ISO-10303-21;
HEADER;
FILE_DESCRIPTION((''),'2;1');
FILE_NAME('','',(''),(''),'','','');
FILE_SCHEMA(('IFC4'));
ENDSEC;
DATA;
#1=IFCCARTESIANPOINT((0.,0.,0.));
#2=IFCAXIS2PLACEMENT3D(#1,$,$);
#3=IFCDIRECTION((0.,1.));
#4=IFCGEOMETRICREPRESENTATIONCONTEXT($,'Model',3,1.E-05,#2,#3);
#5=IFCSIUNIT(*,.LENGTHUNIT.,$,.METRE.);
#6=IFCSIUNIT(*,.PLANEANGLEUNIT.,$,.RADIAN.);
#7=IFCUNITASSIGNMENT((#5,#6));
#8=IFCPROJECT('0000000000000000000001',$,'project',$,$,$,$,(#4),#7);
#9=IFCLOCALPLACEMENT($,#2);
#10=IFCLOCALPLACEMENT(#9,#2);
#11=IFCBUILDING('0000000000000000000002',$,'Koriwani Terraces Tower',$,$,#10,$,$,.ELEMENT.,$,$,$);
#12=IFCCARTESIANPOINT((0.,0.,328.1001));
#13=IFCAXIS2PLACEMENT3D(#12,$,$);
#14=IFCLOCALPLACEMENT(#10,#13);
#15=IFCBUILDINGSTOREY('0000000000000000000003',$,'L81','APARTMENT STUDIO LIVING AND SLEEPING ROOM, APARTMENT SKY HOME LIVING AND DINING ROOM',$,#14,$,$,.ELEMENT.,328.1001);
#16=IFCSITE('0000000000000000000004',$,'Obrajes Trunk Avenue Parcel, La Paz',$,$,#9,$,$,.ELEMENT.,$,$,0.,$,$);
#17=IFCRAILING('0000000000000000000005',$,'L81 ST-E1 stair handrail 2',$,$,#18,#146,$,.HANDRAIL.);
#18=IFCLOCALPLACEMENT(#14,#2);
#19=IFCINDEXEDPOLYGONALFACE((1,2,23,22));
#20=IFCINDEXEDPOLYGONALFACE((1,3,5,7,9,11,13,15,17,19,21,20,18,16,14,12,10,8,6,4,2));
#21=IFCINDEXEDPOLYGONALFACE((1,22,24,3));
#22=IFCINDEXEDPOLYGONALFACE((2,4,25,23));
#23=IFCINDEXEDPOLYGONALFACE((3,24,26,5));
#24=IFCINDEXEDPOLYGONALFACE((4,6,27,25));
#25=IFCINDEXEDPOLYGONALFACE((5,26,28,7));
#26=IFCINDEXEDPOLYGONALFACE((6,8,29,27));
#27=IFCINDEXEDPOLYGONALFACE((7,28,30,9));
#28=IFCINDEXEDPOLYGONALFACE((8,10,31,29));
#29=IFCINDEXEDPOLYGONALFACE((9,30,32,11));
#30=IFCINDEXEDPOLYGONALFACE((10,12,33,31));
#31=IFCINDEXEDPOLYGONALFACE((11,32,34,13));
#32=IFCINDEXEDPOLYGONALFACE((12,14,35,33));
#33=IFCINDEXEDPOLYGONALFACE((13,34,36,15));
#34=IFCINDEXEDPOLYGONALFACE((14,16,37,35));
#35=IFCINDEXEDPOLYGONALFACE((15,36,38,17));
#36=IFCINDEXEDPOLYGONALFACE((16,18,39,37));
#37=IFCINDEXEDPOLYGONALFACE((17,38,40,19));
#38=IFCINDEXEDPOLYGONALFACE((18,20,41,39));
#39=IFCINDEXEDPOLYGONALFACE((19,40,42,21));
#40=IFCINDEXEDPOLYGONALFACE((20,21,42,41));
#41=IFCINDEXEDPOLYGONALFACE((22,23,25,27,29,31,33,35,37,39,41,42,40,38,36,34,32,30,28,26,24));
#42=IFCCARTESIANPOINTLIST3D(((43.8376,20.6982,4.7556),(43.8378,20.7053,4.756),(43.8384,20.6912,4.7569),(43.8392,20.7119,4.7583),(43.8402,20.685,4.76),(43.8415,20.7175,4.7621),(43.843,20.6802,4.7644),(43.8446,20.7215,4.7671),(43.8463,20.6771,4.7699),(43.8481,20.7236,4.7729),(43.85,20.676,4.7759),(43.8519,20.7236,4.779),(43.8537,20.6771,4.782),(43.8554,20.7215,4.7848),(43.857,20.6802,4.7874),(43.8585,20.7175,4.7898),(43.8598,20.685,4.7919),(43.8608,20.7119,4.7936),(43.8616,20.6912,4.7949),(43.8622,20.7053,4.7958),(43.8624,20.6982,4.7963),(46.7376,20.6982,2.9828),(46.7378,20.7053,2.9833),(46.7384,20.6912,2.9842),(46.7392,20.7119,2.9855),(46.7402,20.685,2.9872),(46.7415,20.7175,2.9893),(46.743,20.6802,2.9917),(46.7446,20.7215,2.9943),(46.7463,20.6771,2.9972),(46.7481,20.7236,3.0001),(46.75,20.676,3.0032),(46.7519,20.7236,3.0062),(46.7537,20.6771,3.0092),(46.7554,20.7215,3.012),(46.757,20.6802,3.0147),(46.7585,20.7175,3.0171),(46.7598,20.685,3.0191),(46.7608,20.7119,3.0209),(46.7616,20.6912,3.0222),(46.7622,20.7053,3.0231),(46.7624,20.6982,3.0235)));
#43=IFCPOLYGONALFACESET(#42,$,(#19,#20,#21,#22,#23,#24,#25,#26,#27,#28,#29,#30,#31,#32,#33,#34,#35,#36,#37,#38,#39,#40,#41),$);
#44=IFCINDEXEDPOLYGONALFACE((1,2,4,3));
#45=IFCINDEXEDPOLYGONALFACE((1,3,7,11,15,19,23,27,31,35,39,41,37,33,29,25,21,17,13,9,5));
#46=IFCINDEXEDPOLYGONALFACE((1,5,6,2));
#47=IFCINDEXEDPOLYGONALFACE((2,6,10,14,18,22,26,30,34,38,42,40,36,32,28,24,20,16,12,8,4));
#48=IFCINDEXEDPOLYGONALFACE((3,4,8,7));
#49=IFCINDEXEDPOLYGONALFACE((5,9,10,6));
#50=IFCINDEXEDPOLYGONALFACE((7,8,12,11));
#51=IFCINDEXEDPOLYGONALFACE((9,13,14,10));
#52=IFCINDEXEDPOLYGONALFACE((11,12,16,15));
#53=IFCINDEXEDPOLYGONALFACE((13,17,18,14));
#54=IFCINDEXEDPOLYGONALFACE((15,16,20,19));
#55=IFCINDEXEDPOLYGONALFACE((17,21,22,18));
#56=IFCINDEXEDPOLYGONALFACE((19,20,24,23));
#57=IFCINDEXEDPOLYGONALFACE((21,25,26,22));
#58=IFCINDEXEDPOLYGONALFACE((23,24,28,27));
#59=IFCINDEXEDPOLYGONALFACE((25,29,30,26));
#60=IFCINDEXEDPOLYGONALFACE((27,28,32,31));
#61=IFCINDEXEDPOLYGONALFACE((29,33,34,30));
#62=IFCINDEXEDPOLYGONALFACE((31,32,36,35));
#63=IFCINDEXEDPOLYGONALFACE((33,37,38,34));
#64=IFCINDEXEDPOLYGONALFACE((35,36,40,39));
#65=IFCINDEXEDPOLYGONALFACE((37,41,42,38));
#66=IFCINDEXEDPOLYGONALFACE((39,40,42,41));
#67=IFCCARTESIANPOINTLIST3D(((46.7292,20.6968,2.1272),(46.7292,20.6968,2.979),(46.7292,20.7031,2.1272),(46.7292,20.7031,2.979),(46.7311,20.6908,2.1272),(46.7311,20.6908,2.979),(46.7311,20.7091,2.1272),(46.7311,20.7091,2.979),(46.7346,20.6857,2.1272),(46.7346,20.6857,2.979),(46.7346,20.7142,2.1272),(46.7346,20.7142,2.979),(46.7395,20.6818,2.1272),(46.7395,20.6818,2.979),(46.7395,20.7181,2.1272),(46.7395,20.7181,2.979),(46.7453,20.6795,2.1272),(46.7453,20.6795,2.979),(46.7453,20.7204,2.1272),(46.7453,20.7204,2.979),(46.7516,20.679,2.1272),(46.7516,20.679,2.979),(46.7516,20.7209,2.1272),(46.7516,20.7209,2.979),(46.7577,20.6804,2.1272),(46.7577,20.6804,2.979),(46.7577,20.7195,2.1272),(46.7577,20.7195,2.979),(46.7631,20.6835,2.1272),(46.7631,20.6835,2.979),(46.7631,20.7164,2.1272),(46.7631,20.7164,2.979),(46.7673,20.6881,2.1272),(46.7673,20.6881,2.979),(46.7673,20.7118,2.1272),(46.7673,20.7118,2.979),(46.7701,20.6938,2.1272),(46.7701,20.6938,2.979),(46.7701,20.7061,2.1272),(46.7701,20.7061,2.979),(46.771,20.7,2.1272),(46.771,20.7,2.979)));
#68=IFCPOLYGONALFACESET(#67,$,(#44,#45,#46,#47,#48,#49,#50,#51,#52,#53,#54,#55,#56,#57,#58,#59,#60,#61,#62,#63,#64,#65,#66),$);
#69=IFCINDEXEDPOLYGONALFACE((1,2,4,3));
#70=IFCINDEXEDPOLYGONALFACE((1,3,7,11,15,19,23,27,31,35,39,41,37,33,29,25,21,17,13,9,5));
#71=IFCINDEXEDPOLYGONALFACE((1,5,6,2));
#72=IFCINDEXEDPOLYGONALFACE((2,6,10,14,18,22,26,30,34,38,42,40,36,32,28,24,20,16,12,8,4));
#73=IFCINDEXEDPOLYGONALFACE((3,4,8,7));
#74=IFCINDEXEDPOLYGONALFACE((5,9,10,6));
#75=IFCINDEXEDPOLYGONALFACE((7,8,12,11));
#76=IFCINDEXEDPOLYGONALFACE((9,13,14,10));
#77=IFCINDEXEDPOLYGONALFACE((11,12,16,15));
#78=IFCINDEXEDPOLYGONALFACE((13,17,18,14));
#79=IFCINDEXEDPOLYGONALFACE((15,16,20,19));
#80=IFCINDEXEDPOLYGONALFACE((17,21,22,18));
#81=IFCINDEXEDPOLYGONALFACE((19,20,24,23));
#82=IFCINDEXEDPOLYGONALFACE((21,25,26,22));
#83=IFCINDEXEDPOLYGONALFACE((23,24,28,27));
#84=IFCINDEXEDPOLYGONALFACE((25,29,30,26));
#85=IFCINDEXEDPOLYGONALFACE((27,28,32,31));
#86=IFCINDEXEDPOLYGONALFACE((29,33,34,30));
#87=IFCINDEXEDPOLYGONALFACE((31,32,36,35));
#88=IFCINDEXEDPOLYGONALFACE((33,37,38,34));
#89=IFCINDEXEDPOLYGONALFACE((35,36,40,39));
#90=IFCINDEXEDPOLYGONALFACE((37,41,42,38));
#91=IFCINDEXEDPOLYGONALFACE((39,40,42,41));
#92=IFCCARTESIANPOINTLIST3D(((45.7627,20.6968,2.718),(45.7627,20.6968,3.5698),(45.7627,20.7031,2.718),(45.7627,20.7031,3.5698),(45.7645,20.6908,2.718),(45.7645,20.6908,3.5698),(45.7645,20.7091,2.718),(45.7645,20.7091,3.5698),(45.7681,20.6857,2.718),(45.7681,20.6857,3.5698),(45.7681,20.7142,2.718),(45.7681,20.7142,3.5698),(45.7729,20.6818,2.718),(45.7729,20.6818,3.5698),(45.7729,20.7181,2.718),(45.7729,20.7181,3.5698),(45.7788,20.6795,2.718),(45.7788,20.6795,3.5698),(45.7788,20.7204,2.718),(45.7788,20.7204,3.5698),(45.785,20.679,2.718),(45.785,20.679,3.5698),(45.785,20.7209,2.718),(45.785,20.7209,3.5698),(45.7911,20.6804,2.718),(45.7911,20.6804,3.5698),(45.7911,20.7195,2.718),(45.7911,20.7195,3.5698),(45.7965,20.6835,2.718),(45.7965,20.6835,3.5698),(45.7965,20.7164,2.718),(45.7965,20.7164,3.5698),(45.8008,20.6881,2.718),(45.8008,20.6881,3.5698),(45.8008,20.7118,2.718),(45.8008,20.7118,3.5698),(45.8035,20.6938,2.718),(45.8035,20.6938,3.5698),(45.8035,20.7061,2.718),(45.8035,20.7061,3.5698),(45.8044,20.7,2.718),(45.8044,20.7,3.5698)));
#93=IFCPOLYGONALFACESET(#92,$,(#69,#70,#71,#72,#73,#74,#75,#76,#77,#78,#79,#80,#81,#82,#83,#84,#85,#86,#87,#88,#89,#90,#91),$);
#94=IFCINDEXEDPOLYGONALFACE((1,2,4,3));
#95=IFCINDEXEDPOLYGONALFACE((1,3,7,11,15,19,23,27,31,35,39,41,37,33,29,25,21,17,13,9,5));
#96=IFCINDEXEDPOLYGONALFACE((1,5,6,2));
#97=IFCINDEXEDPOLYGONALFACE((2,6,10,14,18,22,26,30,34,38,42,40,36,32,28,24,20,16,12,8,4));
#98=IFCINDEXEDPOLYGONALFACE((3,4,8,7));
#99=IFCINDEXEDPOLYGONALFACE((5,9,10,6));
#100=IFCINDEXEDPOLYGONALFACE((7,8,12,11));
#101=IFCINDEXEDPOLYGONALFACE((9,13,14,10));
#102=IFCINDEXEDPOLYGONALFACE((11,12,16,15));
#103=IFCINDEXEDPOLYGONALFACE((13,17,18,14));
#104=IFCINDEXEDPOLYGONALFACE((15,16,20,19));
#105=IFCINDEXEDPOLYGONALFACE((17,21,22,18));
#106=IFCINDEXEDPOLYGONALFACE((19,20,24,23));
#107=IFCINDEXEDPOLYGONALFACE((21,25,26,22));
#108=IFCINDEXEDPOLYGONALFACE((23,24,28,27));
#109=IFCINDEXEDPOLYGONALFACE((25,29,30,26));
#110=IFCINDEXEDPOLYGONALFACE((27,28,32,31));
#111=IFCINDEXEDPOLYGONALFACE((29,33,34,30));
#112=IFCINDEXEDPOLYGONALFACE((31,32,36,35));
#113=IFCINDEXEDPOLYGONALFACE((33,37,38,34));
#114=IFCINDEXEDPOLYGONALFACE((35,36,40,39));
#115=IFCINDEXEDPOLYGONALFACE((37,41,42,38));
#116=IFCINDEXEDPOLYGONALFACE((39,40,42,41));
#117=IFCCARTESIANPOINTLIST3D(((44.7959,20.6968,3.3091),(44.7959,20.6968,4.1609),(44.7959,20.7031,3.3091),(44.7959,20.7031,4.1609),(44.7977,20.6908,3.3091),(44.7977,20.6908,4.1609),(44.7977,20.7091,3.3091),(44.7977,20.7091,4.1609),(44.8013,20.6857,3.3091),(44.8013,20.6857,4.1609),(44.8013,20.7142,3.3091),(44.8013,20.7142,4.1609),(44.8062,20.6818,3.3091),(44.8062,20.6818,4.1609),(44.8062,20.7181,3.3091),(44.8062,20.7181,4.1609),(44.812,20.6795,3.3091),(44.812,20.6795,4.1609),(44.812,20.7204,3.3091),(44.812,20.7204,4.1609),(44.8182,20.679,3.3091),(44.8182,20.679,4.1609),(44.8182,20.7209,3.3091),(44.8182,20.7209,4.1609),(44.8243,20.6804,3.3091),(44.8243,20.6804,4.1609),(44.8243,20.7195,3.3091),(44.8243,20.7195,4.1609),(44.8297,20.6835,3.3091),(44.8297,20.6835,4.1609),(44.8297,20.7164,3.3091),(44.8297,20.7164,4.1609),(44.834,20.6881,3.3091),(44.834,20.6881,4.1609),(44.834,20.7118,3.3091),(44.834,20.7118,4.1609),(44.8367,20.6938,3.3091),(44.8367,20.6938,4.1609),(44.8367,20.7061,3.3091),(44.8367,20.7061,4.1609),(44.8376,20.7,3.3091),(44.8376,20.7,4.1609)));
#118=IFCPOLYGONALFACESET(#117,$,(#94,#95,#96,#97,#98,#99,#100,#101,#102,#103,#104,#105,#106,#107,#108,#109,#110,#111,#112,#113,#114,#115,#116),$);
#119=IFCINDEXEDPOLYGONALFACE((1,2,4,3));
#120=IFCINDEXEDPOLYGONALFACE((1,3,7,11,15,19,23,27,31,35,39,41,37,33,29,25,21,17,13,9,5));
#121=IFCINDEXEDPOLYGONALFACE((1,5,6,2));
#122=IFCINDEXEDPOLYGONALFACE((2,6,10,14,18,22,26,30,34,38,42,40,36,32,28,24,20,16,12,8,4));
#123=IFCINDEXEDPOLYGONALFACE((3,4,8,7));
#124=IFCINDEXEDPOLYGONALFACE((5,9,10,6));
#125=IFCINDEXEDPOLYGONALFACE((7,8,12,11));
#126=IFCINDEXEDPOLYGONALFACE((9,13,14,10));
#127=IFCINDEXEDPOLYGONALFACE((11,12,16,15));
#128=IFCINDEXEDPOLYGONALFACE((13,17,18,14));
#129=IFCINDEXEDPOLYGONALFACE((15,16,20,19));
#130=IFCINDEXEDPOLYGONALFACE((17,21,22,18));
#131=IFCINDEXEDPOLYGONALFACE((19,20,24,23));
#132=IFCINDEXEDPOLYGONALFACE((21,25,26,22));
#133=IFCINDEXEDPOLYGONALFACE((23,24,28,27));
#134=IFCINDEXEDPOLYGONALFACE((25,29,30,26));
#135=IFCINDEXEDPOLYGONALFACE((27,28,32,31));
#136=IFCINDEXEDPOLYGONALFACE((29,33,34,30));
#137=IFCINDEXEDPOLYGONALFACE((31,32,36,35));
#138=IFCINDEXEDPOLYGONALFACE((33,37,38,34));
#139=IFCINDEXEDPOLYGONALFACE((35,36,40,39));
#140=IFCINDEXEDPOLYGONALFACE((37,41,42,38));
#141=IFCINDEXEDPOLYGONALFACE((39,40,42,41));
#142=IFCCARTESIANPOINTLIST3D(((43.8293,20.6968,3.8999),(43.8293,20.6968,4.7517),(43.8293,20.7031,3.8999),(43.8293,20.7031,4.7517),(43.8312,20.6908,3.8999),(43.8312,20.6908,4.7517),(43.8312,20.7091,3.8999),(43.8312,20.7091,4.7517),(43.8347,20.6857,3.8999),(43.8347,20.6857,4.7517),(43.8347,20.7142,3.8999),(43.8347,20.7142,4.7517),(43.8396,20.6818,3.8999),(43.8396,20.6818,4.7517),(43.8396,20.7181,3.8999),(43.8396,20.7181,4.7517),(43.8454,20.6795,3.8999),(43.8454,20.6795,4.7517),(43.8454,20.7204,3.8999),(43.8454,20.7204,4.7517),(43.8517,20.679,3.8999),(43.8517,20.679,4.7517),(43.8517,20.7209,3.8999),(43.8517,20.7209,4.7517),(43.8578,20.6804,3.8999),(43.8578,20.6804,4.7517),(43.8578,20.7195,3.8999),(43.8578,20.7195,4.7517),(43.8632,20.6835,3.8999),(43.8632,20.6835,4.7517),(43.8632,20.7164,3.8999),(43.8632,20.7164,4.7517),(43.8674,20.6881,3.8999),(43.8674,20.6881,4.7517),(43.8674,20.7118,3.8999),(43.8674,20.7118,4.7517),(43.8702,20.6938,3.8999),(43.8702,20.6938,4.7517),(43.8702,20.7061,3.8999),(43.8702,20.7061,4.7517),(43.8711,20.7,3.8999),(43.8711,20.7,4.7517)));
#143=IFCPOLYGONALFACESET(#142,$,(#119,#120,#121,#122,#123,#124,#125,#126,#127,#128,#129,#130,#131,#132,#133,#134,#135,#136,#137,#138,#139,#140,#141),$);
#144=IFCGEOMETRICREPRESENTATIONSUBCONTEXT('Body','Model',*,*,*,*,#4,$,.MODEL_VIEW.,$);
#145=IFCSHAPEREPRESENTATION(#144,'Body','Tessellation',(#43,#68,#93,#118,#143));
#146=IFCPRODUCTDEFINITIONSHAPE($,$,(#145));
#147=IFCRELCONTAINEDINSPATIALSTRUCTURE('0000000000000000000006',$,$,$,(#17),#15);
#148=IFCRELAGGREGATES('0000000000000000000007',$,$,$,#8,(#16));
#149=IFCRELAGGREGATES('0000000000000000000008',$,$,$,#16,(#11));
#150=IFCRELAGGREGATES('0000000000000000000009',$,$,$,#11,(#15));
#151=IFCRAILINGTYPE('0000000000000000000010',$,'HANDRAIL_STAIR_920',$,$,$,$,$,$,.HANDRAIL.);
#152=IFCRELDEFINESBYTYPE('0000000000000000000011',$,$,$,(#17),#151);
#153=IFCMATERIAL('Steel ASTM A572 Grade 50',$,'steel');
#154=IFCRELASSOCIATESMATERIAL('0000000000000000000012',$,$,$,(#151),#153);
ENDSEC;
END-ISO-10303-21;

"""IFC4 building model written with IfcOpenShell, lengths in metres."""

from ifc_helpers import new_model, si_unit, direction, frame, origin, origin_2d, place, context, subcontext, project, spatial, circle, extrude, material, type_object, element, save


model = new_model("IFC4")

# Units and contexts
model_context = context("Model", 3, precision=1e-05, world=origin(), true_north=direction((0.0, 1.0)))
body_context = subcontext(model_context, "Body", "Model", "MODEL_VIEW")
ifc_project = project(units=[si_unit("LENGTHUNIT", "METRE"), si_unit("PLANEANGLEUNIT", "RADIAN")], contexts=[model_context])

# Site, building, storey
site_placement = place(None, origin())
site = spatial("IfcSite", under=ifc_project, at=site_placement, Name="Obrajes Trunk Avenue Parcel, La Paz", CompositionType="ELEMENT", RefElevation=0.0)
building_placement = place(site_placement, origin())
building = spatial("IfcBuilding", under=site, at=building_placement, Name="Koriwani Terraces Tower", CompositionType="ELEMENT")
storey_placement = place(building_placement, frame((0.0, 0.0, 328.1001)))
storey = spatial("IfcBuildingStorey", under=building, at=storey_placement, Name="L81", Description="APARTMENT STUDIO LIVING AND SLEEPING ROOM, APARTMENT SKY HOME LIVING AND DINING ROOM", CompositionType="ELEMENT", Elevation=328.1001)

# Shared definitions
ifc_material_1 = material(Name="Steel ASTM A572 Grade 50", Category="steel")

# Railing
railing_type_1 = type_object("IfcRailingType", Name="HANDRAIL_STAIR_920", PredefinedType="HANDRAIL", material=ifc_material_1)
railing_1_placement = place(storey_placement, frame((46.75, 20.7, 2.1272)))
element("IfcRailing", 1, at=railing_1_placement, inside=storey, type_object=railing_type_1, Name="L81 ST-E1 stair handrail 2", PredefinedType="HANDRAIL", context=body_context, shape_type="SweptSolid", body=[
    extrude(circle(Radius=0.0239, at=origin_2d()), frame((0.0, 0.0, 0.876), z_axis=(-0.853211, 0.0, 0.521566), x_axis=(0.0, -1.0, 0.0)), (0.0, 0.0, 1.0), 3.3989),
    extrude(circle(Radius=0.021, at=origin_2d()), origin(), (0.0, 0.0, 1.0), 0.8518),
    extrude(circle(Radius=0.021, at=origin_2d()), frame((-0.9666, 0.0, 0.5908)), (0.0, 0.0, 1.0), 0.8518),
    extrude(circle(Radius=0.021, at=origin_2d()), frame((-1.9333, 0.0, 1.1819)), (0.0, 0.0, 1.0), 0.8518),
    extrude(circle(Radius=0.021, at=origin_2d()), frame((-2.8999, 0.0, 1.7727)), (0.0, 0.0, 1.0), 0.8518),
])

save(model, "model.ifc")
